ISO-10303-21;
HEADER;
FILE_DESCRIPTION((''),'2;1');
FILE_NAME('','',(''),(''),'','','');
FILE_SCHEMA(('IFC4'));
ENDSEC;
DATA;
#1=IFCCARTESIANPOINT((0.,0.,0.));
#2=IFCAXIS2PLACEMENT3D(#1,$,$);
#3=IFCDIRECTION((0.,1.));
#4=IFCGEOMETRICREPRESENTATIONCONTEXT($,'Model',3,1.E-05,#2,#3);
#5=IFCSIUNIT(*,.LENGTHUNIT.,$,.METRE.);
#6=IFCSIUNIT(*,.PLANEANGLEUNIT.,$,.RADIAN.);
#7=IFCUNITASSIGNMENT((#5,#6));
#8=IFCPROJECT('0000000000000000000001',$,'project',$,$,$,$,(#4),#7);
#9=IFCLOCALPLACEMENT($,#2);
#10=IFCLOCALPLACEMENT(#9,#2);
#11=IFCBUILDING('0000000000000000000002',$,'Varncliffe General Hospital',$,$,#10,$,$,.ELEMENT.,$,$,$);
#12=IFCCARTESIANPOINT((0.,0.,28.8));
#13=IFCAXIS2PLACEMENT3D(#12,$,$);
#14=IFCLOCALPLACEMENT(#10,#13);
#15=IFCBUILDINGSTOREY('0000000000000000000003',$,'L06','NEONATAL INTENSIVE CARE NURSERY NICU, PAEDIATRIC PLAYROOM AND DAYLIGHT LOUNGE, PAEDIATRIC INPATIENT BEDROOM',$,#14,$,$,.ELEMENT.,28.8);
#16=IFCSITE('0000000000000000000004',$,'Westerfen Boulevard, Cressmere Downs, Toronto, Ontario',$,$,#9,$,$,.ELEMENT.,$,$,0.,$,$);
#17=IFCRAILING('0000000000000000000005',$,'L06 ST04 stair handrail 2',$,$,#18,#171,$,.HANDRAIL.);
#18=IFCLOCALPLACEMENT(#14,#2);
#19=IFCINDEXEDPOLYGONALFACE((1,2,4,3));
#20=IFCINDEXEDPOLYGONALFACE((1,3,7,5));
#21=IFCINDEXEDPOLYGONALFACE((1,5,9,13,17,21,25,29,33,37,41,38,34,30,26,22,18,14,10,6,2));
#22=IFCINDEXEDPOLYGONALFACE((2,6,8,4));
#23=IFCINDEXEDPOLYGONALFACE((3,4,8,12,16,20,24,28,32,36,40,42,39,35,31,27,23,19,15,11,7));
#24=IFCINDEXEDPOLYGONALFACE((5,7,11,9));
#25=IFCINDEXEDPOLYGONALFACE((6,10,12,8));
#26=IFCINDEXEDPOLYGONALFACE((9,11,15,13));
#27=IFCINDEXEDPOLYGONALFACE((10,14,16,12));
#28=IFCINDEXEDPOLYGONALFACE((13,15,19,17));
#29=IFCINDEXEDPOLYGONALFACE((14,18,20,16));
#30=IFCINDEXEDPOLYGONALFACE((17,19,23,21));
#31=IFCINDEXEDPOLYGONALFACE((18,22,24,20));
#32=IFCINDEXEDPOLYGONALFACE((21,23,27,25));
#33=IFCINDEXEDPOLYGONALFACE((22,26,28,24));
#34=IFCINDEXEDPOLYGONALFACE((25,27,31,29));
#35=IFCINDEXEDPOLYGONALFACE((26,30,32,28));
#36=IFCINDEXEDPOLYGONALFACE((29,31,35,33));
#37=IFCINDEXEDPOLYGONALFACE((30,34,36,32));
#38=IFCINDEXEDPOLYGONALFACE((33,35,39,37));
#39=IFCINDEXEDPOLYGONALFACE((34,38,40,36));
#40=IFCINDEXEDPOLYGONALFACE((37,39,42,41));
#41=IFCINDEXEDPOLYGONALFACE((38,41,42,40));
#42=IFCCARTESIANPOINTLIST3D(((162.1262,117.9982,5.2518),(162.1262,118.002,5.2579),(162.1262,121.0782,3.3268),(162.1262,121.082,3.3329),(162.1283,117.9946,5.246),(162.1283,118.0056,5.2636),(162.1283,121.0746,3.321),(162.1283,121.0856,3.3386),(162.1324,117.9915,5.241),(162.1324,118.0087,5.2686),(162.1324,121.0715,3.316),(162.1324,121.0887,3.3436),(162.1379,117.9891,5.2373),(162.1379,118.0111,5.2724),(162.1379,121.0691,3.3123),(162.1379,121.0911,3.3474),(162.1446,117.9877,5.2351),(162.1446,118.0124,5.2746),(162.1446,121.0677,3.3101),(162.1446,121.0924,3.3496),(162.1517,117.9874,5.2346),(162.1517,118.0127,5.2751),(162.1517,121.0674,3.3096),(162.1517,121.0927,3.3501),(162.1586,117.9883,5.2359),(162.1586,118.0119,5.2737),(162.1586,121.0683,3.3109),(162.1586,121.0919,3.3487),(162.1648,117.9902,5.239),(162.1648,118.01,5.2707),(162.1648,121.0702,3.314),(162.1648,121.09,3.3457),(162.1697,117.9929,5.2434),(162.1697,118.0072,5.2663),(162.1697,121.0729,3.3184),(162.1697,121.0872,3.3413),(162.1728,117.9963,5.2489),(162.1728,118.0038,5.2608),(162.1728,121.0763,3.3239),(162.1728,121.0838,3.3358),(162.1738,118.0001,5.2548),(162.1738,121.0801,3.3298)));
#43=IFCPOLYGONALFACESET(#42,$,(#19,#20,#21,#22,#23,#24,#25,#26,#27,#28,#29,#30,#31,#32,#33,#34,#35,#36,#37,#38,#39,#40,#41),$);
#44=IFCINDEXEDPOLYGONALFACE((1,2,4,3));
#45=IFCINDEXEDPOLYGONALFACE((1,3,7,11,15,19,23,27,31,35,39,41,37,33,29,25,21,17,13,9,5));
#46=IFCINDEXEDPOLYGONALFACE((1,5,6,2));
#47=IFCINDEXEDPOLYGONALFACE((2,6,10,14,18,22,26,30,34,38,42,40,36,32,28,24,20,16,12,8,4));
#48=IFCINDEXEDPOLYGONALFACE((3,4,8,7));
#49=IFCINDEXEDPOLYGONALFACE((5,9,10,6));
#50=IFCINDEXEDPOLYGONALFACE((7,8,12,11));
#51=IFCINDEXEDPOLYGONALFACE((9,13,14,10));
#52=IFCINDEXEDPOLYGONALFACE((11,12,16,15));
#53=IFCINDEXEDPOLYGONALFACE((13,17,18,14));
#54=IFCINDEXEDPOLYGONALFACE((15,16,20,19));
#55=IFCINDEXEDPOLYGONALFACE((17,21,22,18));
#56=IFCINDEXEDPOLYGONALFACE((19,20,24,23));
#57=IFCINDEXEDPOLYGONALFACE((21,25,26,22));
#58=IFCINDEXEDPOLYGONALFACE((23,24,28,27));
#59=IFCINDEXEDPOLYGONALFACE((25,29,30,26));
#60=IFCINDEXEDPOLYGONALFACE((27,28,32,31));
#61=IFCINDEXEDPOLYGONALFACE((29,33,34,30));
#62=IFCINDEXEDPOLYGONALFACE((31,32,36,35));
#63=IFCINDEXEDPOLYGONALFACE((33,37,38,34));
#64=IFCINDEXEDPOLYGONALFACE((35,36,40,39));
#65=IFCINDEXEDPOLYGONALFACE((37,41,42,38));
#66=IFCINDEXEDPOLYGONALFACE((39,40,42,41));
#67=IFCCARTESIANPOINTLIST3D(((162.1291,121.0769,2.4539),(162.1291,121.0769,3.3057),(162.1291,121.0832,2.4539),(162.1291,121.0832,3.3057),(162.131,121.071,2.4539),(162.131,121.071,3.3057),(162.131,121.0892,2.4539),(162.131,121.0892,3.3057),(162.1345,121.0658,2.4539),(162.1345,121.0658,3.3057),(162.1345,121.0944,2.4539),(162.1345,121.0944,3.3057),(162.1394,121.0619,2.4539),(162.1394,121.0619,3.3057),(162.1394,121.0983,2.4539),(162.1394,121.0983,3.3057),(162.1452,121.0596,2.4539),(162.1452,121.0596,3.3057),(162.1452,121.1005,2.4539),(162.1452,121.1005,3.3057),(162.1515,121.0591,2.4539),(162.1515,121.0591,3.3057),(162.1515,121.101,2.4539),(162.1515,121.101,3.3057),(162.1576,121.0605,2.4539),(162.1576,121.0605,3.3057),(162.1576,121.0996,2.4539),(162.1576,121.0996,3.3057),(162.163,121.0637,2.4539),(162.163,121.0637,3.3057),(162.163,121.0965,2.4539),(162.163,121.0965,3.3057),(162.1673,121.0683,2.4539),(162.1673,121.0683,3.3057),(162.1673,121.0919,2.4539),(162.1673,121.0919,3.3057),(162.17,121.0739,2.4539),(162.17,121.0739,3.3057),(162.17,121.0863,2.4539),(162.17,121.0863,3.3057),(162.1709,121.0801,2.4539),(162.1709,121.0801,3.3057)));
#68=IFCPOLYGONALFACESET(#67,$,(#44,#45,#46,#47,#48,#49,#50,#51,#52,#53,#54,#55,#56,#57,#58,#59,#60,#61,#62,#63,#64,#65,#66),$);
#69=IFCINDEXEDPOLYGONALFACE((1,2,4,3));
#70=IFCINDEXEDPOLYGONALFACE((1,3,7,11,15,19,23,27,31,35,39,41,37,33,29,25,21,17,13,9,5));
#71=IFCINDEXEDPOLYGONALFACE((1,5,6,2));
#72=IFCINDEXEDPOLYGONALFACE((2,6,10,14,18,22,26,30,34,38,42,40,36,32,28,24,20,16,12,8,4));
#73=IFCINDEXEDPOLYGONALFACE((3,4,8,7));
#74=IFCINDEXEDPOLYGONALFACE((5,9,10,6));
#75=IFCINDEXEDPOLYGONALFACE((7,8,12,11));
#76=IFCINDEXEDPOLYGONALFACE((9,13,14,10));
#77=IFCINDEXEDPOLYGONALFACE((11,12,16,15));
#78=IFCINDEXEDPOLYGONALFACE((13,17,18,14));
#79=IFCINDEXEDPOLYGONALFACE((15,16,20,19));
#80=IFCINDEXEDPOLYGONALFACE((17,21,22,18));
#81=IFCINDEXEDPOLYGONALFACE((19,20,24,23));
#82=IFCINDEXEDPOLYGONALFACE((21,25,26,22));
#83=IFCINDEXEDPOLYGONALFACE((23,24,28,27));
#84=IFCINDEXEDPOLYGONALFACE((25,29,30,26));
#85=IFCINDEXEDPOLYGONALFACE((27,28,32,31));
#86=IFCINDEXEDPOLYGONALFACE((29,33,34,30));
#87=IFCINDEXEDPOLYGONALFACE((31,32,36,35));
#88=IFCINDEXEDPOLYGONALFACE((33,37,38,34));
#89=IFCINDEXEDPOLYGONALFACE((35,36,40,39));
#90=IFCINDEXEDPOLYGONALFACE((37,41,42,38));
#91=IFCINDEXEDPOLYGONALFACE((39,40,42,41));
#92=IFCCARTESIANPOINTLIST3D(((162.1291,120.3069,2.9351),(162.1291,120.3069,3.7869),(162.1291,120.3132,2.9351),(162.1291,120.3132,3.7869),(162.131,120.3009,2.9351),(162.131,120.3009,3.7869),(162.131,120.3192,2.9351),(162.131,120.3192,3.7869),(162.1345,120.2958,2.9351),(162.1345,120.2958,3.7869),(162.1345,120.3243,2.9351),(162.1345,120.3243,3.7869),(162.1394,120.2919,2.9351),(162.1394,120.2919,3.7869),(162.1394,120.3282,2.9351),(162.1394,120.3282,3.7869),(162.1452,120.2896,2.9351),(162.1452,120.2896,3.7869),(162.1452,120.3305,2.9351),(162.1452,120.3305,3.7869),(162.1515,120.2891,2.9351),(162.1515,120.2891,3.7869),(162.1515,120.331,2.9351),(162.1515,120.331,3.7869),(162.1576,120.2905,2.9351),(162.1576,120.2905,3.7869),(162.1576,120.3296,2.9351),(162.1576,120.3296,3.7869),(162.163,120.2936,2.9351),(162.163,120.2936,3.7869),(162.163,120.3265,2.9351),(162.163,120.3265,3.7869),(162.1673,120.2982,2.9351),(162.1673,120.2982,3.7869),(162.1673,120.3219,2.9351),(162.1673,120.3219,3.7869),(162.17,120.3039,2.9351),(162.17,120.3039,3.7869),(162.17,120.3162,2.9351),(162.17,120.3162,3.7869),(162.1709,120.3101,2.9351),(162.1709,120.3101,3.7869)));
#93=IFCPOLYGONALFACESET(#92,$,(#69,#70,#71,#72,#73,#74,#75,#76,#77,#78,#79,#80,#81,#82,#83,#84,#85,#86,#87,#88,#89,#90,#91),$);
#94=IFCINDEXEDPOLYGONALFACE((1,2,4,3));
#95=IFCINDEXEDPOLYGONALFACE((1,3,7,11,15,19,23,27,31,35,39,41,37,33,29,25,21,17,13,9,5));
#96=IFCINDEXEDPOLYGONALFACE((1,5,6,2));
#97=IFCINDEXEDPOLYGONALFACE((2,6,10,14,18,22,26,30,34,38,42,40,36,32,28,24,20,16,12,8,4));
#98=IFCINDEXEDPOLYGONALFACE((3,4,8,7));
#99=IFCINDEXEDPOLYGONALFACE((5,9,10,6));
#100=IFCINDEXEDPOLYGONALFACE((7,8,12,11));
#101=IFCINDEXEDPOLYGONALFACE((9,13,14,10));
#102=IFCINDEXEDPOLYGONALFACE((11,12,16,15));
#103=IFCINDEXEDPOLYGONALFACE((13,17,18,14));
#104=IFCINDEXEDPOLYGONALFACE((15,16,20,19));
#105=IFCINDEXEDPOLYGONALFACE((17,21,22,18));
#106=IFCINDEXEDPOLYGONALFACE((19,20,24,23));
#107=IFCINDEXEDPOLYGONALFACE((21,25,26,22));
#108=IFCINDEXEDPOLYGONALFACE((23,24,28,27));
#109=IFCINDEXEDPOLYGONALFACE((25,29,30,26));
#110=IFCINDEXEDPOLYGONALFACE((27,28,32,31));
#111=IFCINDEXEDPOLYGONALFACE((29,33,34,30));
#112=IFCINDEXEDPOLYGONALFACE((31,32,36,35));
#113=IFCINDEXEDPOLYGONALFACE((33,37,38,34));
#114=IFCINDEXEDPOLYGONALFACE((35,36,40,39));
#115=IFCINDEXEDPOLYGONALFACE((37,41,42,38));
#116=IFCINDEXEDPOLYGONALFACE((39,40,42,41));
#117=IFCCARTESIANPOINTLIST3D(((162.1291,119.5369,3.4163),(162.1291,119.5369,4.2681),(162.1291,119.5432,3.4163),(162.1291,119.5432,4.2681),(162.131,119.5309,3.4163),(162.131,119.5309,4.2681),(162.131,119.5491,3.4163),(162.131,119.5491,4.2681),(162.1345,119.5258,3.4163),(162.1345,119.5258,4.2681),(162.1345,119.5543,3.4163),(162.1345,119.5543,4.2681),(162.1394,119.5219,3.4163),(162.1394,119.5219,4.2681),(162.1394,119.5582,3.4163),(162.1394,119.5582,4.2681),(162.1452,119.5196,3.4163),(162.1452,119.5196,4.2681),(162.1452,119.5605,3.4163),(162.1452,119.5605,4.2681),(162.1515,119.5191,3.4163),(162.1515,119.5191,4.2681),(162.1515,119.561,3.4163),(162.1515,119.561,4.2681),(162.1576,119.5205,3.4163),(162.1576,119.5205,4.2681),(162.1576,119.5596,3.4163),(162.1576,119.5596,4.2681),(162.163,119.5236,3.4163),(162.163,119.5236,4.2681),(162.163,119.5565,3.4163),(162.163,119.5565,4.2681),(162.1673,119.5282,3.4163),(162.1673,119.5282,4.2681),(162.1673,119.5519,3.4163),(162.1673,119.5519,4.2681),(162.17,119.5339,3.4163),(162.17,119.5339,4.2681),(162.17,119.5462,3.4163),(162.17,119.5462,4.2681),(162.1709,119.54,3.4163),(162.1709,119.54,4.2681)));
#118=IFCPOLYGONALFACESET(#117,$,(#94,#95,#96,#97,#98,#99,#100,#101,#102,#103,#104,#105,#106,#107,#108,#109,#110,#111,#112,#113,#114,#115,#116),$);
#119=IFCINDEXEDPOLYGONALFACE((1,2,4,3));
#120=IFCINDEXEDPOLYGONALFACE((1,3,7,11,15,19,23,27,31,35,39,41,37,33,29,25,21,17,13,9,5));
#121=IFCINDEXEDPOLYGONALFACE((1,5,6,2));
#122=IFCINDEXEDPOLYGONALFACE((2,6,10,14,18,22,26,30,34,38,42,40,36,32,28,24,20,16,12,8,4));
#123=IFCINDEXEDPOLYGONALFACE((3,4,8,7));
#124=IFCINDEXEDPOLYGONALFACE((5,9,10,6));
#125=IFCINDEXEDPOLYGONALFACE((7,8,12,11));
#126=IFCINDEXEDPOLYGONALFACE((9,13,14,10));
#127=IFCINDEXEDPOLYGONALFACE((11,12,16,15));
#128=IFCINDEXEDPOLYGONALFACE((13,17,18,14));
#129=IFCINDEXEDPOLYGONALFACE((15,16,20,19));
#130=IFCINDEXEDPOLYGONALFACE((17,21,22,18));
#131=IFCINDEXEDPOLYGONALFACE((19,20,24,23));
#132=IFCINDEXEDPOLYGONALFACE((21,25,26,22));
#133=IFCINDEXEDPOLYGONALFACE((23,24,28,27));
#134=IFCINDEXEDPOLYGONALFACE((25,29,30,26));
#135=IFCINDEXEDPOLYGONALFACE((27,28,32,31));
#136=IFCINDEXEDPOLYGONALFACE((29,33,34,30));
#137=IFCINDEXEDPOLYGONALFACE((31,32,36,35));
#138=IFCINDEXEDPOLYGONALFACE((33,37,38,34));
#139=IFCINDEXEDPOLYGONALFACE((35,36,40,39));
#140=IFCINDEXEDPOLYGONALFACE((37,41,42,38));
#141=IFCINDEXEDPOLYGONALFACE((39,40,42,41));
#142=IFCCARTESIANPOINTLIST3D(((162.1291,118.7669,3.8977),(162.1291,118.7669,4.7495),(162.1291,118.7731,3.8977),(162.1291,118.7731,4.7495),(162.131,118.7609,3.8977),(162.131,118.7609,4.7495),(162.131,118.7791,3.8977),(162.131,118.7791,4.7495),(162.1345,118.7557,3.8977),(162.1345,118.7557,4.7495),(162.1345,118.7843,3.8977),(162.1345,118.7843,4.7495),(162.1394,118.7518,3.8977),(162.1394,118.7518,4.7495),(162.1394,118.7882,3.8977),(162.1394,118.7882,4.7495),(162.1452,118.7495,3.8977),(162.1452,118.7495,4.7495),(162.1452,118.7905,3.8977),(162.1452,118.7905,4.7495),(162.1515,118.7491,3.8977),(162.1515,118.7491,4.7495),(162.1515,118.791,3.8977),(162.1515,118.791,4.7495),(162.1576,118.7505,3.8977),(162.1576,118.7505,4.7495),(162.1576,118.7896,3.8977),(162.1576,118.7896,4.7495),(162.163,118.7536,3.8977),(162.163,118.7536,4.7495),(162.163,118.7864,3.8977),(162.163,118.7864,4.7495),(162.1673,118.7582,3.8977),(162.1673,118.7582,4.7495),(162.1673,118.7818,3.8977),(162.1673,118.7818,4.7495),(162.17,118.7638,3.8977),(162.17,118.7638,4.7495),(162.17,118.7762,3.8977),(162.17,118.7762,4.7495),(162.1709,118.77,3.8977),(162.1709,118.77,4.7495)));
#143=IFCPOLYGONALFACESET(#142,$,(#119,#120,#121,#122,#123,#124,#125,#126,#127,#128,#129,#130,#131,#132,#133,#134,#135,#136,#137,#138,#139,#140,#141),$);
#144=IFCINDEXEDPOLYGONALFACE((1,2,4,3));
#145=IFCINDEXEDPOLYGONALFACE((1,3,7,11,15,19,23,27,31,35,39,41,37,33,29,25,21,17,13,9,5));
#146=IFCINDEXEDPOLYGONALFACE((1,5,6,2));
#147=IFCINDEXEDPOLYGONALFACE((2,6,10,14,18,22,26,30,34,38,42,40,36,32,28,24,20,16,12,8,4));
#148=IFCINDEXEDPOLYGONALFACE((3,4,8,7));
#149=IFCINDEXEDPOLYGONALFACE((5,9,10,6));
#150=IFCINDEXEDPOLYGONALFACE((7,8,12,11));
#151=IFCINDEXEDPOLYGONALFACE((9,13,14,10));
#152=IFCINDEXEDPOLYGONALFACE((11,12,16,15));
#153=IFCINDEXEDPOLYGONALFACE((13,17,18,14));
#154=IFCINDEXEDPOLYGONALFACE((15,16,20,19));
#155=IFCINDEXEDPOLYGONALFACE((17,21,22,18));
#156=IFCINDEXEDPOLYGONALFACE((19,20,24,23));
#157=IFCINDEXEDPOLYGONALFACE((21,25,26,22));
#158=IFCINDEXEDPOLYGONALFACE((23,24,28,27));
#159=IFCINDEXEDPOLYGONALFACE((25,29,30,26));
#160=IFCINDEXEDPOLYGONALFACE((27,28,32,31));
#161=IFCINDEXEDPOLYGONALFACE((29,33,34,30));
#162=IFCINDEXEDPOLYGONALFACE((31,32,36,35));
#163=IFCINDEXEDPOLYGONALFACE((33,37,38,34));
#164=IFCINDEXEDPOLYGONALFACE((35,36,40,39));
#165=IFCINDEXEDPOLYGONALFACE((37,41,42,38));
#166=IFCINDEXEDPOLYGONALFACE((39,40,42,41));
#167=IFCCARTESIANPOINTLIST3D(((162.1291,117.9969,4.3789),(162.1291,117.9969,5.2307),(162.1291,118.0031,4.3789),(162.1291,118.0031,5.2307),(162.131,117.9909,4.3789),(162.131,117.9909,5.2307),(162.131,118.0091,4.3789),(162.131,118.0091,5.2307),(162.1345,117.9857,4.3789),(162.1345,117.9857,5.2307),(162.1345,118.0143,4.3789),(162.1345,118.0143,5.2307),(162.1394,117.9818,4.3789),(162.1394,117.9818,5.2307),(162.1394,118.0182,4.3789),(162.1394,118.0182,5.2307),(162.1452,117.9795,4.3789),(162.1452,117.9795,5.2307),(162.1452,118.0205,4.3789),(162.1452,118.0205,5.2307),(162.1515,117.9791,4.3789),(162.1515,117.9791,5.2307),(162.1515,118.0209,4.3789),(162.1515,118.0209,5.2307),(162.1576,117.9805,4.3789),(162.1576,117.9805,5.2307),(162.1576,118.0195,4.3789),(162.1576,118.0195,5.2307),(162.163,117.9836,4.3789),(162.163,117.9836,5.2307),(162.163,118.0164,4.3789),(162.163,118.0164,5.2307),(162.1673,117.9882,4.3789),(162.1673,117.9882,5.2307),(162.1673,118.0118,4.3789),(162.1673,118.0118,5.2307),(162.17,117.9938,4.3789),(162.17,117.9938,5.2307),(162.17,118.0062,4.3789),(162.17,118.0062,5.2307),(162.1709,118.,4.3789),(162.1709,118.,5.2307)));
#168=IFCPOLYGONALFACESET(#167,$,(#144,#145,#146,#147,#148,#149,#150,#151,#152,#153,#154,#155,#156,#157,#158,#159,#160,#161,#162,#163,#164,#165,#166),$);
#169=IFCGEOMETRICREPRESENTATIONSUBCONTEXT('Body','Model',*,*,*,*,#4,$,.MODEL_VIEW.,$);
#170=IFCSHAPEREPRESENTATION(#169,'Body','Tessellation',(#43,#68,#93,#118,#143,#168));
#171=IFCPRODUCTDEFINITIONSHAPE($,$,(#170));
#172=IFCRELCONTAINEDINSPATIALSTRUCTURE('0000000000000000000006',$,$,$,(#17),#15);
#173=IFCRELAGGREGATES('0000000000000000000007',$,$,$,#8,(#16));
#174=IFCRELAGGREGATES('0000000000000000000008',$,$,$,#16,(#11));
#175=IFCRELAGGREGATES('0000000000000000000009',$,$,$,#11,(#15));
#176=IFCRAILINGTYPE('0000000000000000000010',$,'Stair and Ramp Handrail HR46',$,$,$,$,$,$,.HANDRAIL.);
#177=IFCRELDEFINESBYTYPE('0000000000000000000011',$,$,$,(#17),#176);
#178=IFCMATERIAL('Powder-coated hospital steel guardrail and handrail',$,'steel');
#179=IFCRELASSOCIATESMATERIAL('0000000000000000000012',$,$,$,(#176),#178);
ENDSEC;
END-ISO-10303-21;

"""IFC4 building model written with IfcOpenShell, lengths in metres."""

from ifc_helpers import new_model, si_unit, direction, frame, origin, origin_2d, place, context, subcontext, project, spatial, circle, extrude, material, type_object, element, save


model = new_model("IFC4")

# Units and contexts
model_context = context("Model", 3, precision=1e-05, world=origin(), true_north=direction((0.0, 1.0)))
body_context = subcontext(model_context, "Body", "Model", "MODEL_VIEW")
ifc_project = project(units=[si_unit("LENGTHUNIT", "METRE"), si_unit("PLANEANGLEUNIT", "RADIAN")], contexts=[model_context])

# Site, building, storey
site_placement = place(None, origin())
site = spatial("IfcSite", under=ifc_project, at=site_placement, Name="Westerfen Boulevard, Cressmere Downs, Toronto, Ontario", CompositionType="ELEMENT", RefElevation=0.0)
building_placement = place(site_placement, origin())
building = spatial("IfcBuilding", under=site, at=building_placement, Name="Varncliffe General Hospital", CompositionType="ELEMENT")
storey_placement = place(building_placement, frame((0.0, 0.0, 28.8)))
storey = spatial("IfcBuildingStorey", under=building, at=storey_placement, Name="L06", Description="NEONATAL INTENSIVE CARE NURSERY NICU, PAEDIATRIC PLAYROOM AND DAYLIGHT LOUNGE, PAEDIATRIC INPATIENT BEDROOM", CompositionType="ELEMENT", Elevation=28.8)

# Railing
ifc_material_1 = material(Name="Powder-coated hospital steel guardrail and handrail", Category="steel")
railing_type_1 = type_object("IfcRailingType", Name="Stair and Ramp Handrail HR46", PredefinedType="HANDRAIL", material=ifc_material_1)
railing_1_placement = place(storey_placement, frame((162.1499, 121.0801, 2.4539)))
element("IfcRailing", 1, at=railing_1_placement, inside=storey, type_object=railing_type_1, Name="L06 ST04 stair handrail 2", PredefinedType="HANDRAIL", context=body_context, shape_type="SweptSolid", body=[
    extrude(circle(Radius=0.0239, at=origin_2d()), frame((0.0, 0.0, 0.876), z_axis=(0.0, -0.847998, 0.529999), x_axis=(1.0, 0.0, 0.0)), (0.0, 0.0, 1.0), 3.6321),
    extrude(circle(Radius=0.021, at=origin_2d()), origin(), (0.0, 0.0, 1.0), 0.8518),
    extrude(circle(Radius=0.021, at=origin_2d()), frame((0.0, -0.77, 0.4812)), (0.0, 0.0, 1.0), 0.8518),
    extrude(circle(Radius=0.021, at=origin_2d()), frame((0.0, -1.54, 0.9624)), (0.0, 0.0, 1.0), 0.8518),
    extrude(circle(Radius=0.021, at=origin_2d()), frame((0.0, -2.3101, 1.4438)), (0.0, 0.0, 1.0), 0.8518),
    extrude(circle(Radius=0.021, at=origin_2d()), frame((0.0, -3.0801, 1.925)), (0.0, 0.0, 1.0), 0.8518),
])

save(model, "model.ifc")
